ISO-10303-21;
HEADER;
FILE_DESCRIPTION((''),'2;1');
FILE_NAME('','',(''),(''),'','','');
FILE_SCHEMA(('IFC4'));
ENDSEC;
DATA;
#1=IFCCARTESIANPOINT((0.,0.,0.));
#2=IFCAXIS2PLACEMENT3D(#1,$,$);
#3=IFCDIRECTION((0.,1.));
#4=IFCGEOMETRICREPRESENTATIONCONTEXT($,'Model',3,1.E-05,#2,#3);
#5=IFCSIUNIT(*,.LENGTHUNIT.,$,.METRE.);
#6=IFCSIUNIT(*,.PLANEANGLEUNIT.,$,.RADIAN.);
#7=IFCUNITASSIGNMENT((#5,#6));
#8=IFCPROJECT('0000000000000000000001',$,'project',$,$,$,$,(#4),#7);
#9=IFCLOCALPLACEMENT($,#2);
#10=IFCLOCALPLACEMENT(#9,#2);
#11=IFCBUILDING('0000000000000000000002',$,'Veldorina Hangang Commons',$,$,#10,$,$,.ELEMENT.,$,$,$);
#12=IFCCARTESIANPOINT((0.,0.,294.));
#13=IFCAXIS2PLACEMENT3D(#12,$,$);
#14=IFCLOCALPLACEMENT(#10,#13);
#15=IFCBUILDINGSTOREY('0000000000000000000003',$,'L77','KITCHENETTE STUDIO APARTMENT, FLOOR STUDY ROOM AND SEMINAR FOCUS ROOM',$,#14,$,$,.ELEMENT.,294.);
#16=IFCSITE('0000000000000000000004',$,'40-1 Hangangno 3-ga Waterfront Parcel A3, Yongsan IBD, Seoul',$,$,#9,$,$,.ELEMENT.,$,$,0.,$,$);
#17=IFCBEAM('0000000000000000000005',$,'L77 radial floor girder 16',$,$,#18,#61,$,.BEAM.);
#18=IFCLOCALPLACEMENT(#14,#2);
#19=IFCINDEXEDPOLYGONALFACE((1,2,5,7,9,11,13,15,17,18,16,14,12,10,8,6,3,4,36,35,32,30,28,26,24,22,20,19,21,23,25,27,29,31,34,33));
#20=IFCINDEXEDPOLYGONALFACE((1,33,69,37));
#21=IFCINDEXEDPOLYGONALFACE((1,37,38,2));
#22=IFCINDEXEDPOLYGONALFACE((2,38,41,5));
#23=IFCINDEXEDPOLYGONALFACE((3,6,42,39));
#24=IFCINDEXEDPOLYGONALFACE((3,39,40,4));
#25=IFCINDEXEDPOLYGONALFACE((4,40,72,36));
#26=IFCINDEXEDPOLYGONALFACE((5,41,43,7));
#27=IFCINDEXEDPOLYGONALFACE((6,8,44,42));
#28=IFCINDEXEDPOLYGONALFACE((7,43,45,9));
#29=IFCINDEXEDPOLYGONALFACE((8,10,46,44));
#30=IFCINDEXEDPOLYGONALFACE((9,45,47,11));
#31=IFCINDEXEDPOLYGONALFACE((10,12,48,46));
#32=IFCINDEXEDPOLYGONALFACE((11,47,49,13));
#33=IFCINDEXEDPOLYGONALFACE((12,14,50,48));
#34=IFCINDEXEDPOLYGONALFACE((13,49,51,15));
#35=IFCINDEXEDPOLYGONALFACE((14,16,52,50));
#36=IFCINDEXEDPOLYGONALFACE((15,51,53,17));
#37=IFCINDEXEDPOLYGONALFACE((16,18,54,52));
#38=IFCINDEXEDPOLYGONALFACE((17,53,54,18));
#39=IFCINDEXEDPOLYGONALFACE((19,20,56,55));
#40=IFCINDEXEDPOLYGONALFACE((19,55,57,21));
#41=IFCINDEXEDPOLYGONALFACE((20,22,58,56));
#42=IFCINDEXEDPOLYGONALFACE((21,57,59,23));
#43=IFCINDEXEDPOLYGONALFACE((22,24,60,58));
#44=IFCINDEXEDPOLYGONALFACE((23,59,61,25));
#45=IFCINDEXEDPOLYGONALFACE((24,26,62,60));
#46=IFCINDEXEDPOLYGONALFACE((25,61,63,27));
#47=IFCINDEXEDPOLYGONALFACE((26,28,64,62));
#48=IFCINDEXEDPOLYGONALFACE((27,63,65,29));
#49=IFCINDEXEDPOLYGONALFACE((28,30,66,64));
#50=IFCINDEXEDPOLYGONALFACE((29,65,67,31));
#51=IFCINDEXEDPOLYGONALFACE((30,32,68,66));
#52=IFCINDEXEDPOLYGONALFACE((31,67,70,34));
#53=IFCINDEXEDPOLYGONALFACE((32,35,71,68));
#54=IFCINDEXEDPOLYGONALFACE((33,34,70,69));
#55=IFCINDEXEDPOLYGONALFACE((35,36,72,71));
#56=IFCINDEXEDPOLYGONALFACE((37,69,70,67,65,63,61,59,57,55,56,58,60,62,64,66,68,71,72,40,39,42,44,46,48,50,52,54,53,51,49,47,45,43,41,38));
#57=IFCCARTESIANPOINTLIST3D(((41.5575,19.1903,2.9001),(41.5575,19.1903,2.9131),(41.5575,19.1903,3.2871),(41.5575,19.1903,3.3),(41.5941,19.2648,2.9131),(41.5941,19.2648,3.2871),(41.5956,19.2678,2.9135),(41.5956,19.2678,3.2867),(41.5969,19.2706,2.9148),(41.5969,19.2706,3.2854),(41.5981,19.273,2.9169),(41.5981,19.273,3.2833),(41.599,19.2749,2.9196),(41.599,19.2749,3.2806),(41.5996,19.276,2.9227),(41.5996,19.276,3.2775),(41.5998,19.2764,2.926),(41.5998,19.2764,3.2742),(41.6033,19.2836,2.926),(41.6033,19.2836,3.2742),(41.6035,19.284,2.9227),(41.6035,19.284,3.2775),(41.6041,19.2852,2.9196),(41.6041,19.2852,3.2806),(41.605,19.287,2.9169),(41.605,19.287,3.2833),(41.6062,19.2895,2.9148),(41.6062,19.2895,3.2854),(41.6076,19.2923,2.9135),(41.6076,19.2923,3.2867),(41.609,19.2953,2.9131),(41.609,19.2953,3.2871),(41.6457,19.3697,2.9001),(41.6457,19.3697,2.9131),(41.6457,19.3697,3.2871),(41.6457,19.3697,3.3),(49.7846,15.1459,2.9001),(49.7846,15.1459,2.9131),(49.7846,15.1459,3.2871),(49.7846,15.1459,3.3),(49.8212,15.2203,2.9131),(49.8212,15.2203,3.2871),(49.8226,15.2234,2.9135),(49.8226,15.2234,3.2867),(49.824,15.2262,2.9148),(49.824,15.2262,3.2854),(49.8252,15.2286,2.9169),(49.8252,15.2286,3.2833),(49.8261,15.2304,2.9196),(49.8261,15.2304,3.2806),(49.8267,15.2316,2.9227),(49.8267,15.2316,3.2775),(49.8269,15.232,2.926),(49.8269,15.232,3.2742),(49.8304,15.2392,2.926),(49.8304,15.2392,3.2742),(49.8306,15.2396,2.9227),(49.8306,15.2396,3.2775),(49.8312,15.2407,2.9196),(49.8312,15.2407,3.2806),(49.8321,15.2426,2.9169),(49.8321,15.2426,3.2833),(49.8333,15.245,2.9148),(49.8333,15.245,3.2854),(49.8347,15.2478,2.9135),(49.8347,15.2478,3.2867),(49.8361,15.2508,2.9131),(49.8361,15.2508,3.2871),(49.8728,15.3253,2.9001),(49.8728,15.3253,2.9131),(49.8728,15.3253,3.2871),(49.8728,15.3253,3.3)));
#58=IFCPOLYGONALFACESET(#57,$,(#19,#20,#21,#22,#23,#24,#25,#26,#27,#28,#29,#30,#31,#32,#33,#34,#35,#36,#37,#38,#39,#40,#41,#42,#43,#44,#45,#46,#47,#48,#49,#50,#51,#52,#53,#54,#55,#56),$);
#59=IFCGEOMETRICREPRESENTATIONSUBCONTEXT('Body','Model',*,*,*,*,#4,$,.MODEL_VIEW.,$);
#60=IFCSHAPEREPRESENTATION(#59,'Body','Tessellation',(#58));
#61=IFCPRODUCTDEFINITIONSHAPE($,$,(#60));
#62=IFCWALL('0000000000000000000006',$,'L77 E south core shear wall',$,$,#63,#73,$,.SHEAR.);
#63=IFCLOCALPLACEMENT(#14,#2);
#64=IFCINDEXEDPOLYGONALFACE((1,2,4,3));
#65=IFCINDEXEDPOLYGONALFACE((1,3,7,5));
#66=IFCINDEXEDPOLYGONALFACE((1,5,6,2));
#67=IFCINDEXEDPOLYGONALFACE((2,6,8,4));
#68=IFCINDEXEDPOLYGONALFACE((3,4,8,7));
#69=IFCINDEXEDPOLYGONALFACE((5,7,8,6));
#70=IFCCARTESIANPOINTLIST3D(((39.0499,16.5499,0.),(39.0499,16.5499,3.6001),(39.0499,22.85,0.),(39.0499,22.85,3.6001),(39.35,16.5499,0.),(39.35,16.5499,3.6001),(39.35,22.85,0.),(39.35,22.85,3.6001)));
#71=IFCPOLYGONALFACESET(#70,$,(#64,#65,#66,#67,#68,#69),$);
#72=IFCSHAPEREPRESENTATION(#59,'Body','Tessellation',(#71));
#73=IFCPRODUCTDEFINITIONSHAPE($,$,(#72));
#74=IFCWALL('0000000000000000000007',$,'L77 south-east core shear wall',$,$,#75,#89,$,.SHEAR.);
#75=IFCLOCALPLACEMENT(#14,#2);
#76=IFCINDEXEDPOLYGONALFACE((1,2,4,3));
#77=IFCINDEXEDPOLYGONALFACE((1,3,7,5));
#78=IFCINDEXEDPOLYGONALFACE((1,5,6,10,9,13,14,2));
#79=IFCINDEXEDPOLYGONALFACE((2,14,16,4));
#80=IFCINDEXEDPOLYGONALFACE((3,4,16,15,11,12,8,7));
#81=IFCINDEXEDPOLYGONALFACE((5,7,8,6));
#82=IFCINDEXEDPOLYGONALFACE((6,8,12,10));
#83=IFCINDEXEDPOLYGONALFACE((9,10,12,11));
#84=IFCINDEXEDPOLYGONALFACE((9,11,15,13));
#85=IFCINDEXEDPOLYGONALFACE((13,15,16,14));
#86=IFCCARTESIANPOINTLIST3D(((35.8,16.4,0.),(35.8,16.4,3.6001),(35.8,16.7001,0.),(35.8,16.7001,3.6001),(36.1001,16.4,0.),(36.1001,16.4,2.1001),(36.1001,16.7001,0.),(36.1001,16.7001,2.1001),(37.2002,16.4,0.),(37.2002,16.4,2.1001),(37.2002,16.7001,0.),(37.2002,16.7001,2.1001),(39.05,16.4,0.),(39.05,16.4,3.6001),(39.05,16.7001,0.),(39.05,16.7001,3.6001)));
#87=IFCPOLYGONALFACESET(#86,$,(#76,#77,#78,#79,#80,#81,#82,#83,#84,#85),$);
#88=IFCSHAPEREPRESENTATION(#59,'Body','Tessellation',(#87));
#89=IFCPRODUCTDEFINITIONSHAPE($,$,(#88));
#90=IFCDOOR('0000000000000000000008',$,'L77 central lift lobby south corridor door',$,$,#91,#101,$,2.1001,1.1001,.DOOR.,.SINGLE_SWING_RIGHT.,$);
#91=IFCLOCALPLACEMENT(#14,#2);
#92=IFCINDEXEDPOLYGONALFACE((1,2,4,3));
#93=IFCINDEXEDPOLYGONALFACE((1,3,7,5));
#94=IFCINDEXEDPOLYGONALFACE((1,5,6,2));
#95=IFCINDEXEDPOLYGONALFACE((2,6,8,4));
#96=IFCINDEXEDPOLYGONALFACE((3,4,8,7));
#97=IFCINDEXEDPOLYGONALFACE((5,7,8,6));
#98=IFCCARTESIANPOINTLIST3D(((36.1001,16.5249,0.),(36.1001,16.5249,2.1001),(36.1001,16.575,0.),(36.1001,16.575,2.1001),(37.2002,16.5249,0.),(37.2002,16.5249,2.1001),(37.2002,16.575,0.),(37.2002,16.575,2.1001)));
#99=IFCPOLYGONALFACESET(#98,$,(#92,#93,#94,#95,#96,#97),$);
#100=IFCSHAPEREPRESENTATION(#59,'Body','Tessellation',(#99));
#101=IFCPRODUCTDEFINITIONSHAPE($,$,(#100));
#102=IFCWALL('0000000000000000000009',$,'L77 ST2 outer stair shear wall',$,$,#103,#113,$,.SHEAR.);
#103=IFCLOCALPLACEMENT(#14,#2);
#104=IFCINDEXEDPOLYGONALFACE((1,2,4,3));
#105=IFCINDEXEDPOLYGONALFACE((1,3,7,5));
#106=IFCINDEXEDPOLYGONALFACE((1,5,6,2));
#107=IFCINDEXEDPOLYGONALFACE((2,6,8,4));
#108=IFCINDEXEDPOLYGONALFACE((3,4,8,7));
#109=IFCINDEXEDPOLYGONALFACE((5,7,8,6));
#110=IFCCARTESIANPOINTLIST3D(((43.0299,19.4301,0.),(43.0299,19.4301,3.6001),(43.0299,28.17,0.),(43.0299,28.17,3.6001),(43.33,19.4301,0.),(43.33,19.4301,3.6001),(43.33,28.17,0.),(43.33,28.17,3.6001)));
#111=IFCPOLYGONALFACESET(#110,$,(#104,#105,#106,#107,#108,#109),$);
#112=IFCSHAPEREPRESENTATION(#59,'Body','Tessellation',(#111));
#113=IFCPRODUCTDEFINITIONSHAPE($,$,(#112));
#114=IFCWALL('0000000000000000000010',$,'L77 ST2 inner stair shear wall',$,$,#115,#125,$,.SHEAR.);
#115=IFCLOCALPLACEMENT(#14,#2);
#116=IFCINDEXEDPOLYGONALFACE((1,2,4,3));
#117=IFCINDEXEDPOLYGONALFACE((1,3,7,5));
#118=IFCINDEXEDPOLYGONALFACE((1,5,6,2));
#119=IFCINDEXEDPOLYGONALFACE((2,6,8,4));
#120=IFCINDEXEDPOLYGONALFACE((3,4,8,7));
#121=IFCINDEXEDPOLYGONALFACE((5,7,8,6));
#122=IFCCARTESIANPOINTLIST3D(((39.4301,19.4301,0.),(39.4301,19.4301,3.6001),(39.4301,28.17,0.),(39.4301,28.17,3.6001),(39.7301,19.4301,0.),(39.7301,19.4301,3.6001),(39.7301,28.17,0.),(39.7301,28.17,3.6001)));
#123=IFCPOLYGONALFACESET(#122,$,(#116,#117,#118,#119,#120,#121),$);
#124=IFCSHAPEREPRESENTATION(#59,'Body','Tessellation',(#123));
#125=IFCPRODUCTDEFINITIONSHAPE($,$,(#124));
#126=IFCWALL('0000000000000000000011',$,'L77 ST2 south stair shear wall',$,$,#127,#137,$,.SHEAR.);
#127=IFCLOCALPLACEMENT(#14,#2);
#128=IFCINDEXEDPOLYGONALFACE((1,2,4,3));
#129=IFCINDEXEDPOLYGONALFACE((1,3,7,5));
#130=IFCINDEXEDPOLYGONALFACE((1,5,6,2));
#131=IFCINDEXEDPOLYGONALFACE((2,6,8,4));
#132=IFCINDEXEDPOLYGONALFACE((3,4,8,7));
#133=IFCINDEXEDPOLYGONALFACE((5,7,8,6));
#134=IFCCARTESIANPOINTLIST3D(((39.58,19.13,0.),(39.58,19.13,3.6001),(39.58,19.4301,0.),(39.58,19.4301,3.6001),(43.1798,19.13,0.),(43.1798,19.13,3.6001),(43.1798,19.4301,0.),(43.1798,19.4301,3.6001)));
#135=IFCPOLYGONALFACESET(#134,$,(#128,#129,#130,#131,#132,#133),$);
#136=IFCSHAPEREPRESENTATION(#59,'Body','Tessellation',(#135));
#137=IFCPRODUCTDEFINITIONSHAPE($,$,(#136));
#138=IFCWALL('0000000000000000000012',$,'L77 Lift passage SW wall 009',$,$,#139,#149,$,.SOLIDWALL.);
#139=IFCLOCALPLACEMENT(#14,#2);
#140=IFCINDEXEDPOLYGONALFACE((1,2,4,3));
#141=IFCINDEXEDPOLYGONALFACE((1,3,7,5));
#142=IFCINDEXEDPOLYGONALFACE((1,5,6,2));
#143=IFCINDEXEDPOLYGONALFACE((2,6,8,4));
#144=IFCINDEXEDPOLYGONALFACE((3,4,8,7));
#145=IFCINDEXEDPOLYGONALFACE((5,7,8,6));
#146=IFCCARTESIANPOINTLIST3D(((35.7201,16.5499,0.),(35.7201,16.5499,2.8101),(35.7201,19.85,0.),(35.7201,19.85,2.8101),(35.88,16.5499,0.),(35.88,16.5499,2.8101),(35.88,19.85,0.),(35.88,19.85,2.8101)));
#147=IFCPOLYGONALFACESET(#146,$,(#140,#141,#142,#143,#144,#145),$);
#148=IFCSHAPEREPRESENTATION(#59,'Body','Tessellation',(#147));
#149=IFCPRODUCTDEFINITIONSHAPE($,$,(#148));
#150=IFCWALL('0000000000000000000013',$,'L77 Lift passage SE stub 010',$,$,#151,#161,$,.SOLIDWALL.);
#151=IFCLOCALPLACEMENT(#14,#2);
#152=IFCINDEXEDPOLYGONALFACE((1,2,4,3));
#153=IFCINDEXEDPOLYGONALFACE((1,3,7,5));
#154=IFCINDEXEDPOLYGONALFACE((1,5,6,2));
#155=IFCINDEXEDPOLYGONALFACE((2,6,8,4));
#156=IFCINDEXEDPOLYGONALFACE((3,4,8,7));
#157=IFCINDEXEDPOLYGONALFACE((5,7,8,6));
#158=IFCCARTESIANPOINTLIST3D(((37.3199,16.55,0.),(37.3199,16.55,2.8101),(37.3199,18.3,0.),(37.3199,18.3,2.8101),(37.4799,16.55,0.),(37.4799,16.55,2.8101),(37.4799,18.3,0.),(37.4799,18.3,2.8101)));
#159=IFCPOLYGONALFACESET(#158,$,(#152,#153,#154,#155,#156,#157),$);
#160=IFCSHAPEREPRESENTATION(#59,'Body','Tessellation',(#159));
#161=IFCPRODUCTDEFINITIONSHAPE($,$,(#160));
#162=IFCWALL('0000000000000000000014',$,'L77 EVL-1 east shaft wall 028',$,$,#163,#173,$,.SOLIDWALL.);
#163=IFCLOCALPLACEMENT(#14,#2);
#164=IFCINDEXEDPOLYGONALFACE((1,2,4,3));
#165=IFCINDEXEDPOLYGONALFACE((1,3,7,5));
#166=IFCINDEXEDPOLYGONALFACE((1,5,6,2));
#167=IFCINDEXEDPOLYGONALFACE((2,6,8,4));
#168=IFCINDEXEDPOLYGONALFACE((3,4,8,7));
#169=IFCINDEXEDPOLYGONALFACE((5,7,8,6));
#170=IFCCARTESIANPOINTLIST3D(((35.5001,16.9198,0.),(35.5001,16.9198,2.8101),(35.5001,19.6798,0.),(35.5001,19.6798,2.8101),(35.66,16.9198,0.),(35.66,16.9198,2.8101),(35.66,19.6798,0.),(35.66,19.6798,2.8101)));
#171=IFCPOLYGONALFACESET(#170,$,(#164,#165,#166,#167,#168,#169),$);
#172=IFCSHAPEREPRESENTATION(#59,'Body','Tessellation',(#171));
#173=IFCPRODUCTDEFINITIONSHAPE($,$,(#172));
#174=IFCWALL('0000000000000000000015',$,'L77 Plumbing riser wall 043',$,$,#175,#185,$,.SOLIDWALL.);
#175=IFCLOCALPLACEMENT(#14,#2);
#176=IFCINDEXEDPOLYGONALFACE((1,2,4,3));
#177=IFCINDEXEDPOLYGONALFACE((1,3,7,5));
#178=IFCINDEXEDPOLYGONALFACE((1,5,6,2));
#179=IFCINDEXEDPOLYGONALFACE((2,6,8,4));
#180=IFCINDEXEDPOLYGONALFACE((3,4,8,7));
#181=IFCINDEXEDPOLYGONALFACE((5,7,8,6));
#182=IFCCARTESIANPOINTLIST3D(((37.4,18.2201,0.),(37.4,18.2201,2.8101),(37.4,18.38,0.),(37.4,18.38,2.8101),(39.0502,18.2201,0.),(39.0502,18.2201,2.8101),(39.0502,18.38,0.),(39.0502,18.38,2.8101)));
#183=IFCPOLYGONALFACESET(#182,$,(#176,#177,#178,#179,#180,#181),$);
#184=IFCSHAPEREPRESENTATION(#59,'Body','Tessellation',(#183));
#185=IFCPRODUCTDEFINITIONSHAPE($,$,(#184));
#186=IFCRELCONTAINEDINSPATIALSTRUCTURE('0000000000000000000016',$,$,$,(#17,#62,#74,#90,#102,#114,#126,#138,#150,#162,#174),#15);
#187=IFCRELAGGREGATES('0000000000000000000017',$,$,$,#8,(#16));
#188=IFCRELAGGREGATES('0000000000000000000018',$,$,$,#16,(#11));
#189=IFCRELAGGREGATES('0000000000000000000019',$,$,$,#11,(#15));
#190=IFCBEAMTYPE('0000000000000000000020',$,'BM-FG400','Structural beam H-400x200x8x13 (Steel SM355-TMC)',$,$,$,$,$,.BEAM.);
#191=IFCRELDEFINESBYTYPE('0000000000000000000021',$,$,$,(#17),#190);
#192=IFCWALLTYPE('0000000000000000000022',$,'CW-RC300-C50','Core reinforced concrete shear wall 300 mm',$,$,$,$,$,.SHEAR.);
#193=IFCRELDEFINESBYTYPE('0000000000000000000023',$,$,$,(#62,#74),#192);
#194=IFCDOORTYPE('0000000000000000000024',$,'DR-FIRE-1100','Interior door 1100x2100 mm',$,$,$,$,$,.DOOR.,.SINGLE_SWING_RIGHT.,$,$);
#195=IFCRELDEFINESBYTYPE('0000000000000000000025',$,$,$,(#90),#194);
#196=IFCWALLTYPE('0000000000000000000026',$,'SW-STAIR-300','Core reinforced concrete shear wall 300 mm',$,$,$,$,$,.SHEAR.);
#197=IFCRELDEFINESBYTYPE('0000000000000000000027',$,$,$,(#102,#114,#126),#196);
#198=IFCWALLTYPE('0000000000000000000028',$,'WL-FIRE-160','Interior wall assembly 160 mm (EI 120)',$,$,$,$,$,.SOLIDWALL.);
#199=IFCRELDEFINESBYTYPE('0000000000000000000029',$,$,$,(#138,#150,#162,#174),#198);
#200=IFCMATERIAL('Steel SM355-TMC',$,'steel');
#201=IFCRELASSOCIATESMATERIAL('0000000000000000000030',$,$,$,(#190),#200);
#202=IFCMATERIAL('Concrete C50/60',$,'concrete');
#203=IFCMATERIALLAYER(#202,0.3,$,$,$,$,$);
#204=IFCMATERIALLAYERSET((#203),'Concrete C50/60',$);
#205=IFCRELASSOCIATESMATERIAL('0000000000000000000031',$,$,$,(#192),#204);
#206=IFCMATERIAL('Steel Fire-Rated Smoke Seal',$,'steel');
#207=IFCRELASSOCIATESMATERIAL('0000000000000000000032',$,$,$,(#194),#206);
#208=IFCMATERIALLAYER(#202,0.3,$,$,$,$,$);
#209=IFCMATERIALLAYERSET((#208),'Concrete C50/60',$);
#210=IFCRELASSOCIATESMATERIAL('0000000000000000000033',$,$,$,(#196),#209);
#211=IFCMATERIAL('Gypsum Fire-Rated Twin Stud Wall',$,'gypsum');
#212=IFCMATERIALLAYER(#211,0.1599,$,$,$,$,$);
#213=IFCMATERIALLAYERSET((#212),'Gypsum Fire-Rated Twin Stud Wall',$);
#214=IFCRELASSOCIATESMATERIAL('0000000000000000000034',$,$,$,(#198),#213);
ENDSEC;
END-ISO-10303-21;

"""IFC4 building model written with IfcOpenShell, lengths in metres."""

from ifc_helpers import new_model, si_unit, direction, frame, frame_2d, origin, origin_2d, place, context, subcontext, project, spatial, rectangle, i_section, extrude, material, layer, layer_set, material_profile, profile_set, type_object, element, fill, save


model = new_model("IFC4")

# Units and contexts
model_context = context("Model", 3, precision=1e-05, world=origin(), true_north=direction((0.0, 1.0)))
body_context = subcontext(model_context, "Body", "Model", "MODEL_VIEW")
ifc_project = project(units=[si_unit("LENGTHUNIT", "METRE"), si_unit("PLANEANGLEUNIT", "RADIAN")], contexts=[model_context])

# Site, building, storey
site_placement = place(None, origin())
site = spatial("IfcSite", under=ifc_project, at=site_placement, Name="40-1 Hangangno 3-ga Waterfront Parcel A3, Yongsan IBD, Seoul", CompositionType="ELEMENT", RefElevation=0.0)
building_placement = place(site_placement, origin())
building = spatial("IfcBuilding", under=site, at=building_placement, Name="Veldorina Hangang Commons", CompositionType="ELEMENT")
storey_placement = place(building_placement, frame((0.0, 0.0, 294.0)))
storey = spatial("IfcBuildingStorey", under=building, at=storey_placement, Name="L77", Description="KITCHENETTE STUDIO APARTMENT, FLOOR STUDY ROOM AND SEMINAR FOCUS ROOM", CompositionType="ELEMENT", Elevation=294.0)

# Beam
ifc_material_1 = material(Name="Concrete C50/60", Category="concrete")
ifc_material_2 = material(Name="Steel SM355-TMC", Category="steel")
ifc_material_profile_1 = material_profile(ifc_material_2, i_section(OverallWidth=0.2, OverallDepth=0.3999, WebThickness=0.0081, FlangeThickness=0.0129, FilletRadius=0.0129, at=origin_2d()), Name="H-400x200x8x13")
ifc_profile_set_1 = profile_set([ifc_material_profile_1], Name="Steel SM355-TMC")
beam_type_1 = type_object("IfcBeamType", Name="BM-FG400", Description="Structural beam H-400x200x8x13 (Steel SM355-TMC)", PredefinedType="BEAM", material=ifc_profile_set_1)
beam_1_placement = place(storey_placement, frame((41.6016, 19.28, 3.1001), z_axis=(0.897422, -0.441174, 0.0), x_axis=(0.441174, 0.897422, 0.0)))
element("IfcBeam", 1, at=beam_1_placement, inside=storey, type_object=beam_type_1, Name="L77 radial floor girder 16", PredefinedType="BEAM", context=body_context, shape_type="SweptSolid", body=[
    extrude(i_section(OverallWidth=0.2, OverallDepth=0.3999, WebThickness=0.0081, FlangeThickness=0.0129, FilletRadius=0.0129, at=origin_2d()), origin(), (0.0, 0.0, 1.0), 9.1675),
])

# Wall
ifc_layer_1 = layer(ifc_material_1, 0.3)
ifc_layer_set_1 = layer_set([ifc_layer_1], Name="Concrete C50/60")
wall_type_1 = type_object("IfcWallType", Name="CW-RC300-C50", Description="Core reinforced concrete shear wall 300 mm", PredefinedType="SHEAR", material=ifc_layer_set_1)
wall_1_placement = place(storey_placement, frame((39.2, 16.55, 0.0), z_axis=(0.0, 0.0, 1.0), x_axis=(0.0, 1.0, 0.0)))
element("IfcWall", 2, at=wall_1_placement, inside=storey, type_object=wall_type_1, Name="L77 E south core shear wall", PredefinedType="SHEAR", context=body_context, shape_type="SweptSolid", body=[
    extrude(rectangle(XDim=6.3, YDim=0.3, at=frame_2d((3.1499, 0.0))), origin(), (0.0, 0.0, 1.0), 3.6001),
])

# Wall, opening, door
wall_2_placement = place(storey_placement, frame((35.8, 16.55, 0.0), z_axis=(0.0, 0.0, 1.0), x_axis=(1.0, 0.0, 0.0)))
wall_2 = element("IfcWall", 3, at=wall_2_placement, inside=storey, type_object=wall_type_1, Name="L77 south-east core shear wall", PredefinedType="SHEAR", context=body_context, shape_type="SweptSolid", body=[
    extrude(rectangle(XDim=3.25, YDim=0.3, at=frame_2d((1.625, 0.0))), origin(), (0.0, 0.0, 1.0), 3.6001),
])
opening_1_placement = place(wall_2_placement, frame((0.3, 0.0, 0.0)))
opening_1 = element("IfcOpeningElement", 4, at=opening_1_placement, cuts=wall_2, PredefinedType="OPENING", context=body_context, shape_type="SweptSolid", body=[
    extrude(rectangle(XDim=1.1001, YDim=2.1001, at=frame_2d((0.55, 1.05))), frame((0.0, 0.1602, 0.0), z_axis=(0.0, -1.0, 0.0), x_axis=(1.0, 0.0, 0.0)), (0.0, 0.0, 1.0), 0.3201),
])
ifc_material_3 = material(Name="Steel Fire-Rated Smoke Seal", Category="steel")
door_type_1 = type_object("IfcDoorType", Name="DR-FIRE-1100", Description="Interior door 1100x2100 mm", OperationType="SINGLE_SWING_RIGHT", PredefinedType="DOOR", material=ifc_material_3)
door_1_placement = place(opening_1_placement, origin())
door_1 = element("IfcDoor", 5, at=door_1_placement, inside=storey, type_object=door_type_1, Name="L77 central lift lobby south corridor door", OperationType="SINGLE_SWING_RIGHT", OverallHeight=2.1001, OverallWidth=1.1001, PredefinedType="DOOR", context=body_context, shape_type="SweptSolid", body=[
    extrude(rectangle(XDim=1.1001, YDim=2.1001, at=frame_2d((0.55, 1.05))), frame((0.0, 0.0249, 0.0), z_axis=(0.0, -1.0, 0.0), x_axis=(1.0, 0.0, 0.0)), (0.0, 0.0, 1.0), 0.05),
])
fill(opening_1, door_1)

# Walls
ifc_layer_2 = layer(ifc_material_1, 0.3)
ifc_layer_set_2 = layer_set([ifc_layer_2], Name="Concrete C50/60")
wall_type_2 = type_object("IfcWallType", Name="SW-STAIR-300", Description="Core reinforced concrete shear wall 300 mm", PredefinedType="SHEAR", material=ifc_layer_set_2)
for number, where, z_axis, x_axis, name in (
    (6, (43.1799, 19.4299, 0.0), (0.0, 0.0, 1.0), (0.0, 1.0, 0.0), "L77 ST2 outer stair shear wall"),
    (7, (39.5801, 19.4299, 0.0), (0.0, 0.0, 1.0), (0.0, 1.0, 0.0), "L77 ST2 inner stair shear wall"),
):
    element("IfcWall", number, at=place(storey_placement, frame(where, z_axis=z_axis, x_axis=x_axis)), inside=storey, type_object=wall_type_2, Name=name, PredefinedType="SHEAR", context=body_context, shape_type="SweptSolid", body=[
        extrude(rectangle(XDim=8.74, YDim=0.3, at=frame_2d((4.3701, 0.0))), origin(), (0.0, 0.0, 1.0), 3.6001),
    ])
wall_3_placement = place(storey_placement, frame((39.5801, 19.28, 0.0), z_axis=(0.0, 0.0, 1.0), x_axis=(1.0, 0.0, 0.0)))
element("IfcWall", 8, at=wall_3_placement, inside=storey, type_object=wall_type_2, Name="L77 ST2 south stair shear wall", PredefinedType="SHEAR", context=body_context, shape_type="SweptSolid", body=[
    extrude(rectangle(XDim=3.5999, YDim=0.3, at=frame_2d((1.7998, 0.0))), origin(), (0.0, 0.0, 1.0), 3.6001),
])
ifc_material_4 = material(Name="Gypsum Fire-Rated Twin Stud Wall", Category="gypsum")
ifc_layer_3 = layer(ifc_material_4, 0.1599)
ifc_layer_set_3 = layer_set([ifc_layer_3], Name="Gypsum Fire-Rated Twin Stud Wall")
wall_type_3 = type_object("IfcWallType", Name="WL-FIRE-160", Description="Interior wall assembly 160 mm (EI 120)", PredefinedType="SOLIDWALL", material=ifc_layer_set_3)
wall_4_placement = place(storey_placement, frame((35.8, 16.55, 0.0), z_axis=(0.0, 0.0, 1.0), x_axis=(0.0, 1.0, 0.0)))
element("IfcWall", 9, at=wall_4_placement, inside=storey, type_object=wall_type_3, Name="L77 Lift passage SW wall 009", PredefinedType="SOLIDWALL", context=body_context, shape_type="SweptSolid", body=[
    extrude(rectangle(XDim=3.3, YDim=0.1599, at=frame_2d((1.6499, 0.0))), origin(), (0.0, 0.0, 1.0), 2.8101),
])
wall_5_placement = place(storey_placement, frame((37.3999, 16.55, 0.0), z_axis=(0.0, 0.0, 1.0), x_axis=(0.0, 1.0, 0.0)))
element("IfcWall", 10, at=wall_5_placement, inside=storey, type_object=wall_type_3, Name="L77 Lift passage SE stub 010", PredefinedType="SOLIDWALL", context=body_context, shape_type="SweptSolid", body=[
    extrude(rectangle(XDim=1.75, YDim=0.1599, at=frame_2d((0.875, 0.0))), origin(), (0.0, 0.0, 1.0), 2.8101),
])
wall_6_placement = place(storey_placement, frame((35.5801, 16.9199, 0.0), z_axis=(0.0, 0.0, 1.0), x_axis=(0.0, 1.0, 0.0)))
element("IfcWall", 11, at=wall_6_placement, inside=storey, type_object=wall_type_3, Name="L77 EVL-1 east shaft wall 028", PredefinedType="SOLIDWALL", context=body_context, shape_type="SweptSolid", body=[
    extrude(rectangle(XDim=2.76, YDim=0.1599, at=frame_2d((1.3799, 0.0))), origin(), (0.0, 0.0, 1.0), 2.8101),
])
wall_7_placement = place(storey_placement, frame((37.3999, 18.3, 0.0), z_axis=(0.0, 0.0, 1.0), x_axis=(1.0, 0.0, 0.0)))
element("IfcWall", 12, at=wall_7_placement, inside=storey, type_object=wall_type_3, Name="L77 Plumbing riser wall 043", PredefinedType="SOLIDWALL", context=body_context, shape_type="SweptSolid", body=[
    extrude(rectangle(XDim=1.6501, YDim=0.1599, at=frame_2d((0.8252, 0.0))), origin(), (0.0, 0.0, 1.0), 2.8101),
])

save(model, "model.ifc")
